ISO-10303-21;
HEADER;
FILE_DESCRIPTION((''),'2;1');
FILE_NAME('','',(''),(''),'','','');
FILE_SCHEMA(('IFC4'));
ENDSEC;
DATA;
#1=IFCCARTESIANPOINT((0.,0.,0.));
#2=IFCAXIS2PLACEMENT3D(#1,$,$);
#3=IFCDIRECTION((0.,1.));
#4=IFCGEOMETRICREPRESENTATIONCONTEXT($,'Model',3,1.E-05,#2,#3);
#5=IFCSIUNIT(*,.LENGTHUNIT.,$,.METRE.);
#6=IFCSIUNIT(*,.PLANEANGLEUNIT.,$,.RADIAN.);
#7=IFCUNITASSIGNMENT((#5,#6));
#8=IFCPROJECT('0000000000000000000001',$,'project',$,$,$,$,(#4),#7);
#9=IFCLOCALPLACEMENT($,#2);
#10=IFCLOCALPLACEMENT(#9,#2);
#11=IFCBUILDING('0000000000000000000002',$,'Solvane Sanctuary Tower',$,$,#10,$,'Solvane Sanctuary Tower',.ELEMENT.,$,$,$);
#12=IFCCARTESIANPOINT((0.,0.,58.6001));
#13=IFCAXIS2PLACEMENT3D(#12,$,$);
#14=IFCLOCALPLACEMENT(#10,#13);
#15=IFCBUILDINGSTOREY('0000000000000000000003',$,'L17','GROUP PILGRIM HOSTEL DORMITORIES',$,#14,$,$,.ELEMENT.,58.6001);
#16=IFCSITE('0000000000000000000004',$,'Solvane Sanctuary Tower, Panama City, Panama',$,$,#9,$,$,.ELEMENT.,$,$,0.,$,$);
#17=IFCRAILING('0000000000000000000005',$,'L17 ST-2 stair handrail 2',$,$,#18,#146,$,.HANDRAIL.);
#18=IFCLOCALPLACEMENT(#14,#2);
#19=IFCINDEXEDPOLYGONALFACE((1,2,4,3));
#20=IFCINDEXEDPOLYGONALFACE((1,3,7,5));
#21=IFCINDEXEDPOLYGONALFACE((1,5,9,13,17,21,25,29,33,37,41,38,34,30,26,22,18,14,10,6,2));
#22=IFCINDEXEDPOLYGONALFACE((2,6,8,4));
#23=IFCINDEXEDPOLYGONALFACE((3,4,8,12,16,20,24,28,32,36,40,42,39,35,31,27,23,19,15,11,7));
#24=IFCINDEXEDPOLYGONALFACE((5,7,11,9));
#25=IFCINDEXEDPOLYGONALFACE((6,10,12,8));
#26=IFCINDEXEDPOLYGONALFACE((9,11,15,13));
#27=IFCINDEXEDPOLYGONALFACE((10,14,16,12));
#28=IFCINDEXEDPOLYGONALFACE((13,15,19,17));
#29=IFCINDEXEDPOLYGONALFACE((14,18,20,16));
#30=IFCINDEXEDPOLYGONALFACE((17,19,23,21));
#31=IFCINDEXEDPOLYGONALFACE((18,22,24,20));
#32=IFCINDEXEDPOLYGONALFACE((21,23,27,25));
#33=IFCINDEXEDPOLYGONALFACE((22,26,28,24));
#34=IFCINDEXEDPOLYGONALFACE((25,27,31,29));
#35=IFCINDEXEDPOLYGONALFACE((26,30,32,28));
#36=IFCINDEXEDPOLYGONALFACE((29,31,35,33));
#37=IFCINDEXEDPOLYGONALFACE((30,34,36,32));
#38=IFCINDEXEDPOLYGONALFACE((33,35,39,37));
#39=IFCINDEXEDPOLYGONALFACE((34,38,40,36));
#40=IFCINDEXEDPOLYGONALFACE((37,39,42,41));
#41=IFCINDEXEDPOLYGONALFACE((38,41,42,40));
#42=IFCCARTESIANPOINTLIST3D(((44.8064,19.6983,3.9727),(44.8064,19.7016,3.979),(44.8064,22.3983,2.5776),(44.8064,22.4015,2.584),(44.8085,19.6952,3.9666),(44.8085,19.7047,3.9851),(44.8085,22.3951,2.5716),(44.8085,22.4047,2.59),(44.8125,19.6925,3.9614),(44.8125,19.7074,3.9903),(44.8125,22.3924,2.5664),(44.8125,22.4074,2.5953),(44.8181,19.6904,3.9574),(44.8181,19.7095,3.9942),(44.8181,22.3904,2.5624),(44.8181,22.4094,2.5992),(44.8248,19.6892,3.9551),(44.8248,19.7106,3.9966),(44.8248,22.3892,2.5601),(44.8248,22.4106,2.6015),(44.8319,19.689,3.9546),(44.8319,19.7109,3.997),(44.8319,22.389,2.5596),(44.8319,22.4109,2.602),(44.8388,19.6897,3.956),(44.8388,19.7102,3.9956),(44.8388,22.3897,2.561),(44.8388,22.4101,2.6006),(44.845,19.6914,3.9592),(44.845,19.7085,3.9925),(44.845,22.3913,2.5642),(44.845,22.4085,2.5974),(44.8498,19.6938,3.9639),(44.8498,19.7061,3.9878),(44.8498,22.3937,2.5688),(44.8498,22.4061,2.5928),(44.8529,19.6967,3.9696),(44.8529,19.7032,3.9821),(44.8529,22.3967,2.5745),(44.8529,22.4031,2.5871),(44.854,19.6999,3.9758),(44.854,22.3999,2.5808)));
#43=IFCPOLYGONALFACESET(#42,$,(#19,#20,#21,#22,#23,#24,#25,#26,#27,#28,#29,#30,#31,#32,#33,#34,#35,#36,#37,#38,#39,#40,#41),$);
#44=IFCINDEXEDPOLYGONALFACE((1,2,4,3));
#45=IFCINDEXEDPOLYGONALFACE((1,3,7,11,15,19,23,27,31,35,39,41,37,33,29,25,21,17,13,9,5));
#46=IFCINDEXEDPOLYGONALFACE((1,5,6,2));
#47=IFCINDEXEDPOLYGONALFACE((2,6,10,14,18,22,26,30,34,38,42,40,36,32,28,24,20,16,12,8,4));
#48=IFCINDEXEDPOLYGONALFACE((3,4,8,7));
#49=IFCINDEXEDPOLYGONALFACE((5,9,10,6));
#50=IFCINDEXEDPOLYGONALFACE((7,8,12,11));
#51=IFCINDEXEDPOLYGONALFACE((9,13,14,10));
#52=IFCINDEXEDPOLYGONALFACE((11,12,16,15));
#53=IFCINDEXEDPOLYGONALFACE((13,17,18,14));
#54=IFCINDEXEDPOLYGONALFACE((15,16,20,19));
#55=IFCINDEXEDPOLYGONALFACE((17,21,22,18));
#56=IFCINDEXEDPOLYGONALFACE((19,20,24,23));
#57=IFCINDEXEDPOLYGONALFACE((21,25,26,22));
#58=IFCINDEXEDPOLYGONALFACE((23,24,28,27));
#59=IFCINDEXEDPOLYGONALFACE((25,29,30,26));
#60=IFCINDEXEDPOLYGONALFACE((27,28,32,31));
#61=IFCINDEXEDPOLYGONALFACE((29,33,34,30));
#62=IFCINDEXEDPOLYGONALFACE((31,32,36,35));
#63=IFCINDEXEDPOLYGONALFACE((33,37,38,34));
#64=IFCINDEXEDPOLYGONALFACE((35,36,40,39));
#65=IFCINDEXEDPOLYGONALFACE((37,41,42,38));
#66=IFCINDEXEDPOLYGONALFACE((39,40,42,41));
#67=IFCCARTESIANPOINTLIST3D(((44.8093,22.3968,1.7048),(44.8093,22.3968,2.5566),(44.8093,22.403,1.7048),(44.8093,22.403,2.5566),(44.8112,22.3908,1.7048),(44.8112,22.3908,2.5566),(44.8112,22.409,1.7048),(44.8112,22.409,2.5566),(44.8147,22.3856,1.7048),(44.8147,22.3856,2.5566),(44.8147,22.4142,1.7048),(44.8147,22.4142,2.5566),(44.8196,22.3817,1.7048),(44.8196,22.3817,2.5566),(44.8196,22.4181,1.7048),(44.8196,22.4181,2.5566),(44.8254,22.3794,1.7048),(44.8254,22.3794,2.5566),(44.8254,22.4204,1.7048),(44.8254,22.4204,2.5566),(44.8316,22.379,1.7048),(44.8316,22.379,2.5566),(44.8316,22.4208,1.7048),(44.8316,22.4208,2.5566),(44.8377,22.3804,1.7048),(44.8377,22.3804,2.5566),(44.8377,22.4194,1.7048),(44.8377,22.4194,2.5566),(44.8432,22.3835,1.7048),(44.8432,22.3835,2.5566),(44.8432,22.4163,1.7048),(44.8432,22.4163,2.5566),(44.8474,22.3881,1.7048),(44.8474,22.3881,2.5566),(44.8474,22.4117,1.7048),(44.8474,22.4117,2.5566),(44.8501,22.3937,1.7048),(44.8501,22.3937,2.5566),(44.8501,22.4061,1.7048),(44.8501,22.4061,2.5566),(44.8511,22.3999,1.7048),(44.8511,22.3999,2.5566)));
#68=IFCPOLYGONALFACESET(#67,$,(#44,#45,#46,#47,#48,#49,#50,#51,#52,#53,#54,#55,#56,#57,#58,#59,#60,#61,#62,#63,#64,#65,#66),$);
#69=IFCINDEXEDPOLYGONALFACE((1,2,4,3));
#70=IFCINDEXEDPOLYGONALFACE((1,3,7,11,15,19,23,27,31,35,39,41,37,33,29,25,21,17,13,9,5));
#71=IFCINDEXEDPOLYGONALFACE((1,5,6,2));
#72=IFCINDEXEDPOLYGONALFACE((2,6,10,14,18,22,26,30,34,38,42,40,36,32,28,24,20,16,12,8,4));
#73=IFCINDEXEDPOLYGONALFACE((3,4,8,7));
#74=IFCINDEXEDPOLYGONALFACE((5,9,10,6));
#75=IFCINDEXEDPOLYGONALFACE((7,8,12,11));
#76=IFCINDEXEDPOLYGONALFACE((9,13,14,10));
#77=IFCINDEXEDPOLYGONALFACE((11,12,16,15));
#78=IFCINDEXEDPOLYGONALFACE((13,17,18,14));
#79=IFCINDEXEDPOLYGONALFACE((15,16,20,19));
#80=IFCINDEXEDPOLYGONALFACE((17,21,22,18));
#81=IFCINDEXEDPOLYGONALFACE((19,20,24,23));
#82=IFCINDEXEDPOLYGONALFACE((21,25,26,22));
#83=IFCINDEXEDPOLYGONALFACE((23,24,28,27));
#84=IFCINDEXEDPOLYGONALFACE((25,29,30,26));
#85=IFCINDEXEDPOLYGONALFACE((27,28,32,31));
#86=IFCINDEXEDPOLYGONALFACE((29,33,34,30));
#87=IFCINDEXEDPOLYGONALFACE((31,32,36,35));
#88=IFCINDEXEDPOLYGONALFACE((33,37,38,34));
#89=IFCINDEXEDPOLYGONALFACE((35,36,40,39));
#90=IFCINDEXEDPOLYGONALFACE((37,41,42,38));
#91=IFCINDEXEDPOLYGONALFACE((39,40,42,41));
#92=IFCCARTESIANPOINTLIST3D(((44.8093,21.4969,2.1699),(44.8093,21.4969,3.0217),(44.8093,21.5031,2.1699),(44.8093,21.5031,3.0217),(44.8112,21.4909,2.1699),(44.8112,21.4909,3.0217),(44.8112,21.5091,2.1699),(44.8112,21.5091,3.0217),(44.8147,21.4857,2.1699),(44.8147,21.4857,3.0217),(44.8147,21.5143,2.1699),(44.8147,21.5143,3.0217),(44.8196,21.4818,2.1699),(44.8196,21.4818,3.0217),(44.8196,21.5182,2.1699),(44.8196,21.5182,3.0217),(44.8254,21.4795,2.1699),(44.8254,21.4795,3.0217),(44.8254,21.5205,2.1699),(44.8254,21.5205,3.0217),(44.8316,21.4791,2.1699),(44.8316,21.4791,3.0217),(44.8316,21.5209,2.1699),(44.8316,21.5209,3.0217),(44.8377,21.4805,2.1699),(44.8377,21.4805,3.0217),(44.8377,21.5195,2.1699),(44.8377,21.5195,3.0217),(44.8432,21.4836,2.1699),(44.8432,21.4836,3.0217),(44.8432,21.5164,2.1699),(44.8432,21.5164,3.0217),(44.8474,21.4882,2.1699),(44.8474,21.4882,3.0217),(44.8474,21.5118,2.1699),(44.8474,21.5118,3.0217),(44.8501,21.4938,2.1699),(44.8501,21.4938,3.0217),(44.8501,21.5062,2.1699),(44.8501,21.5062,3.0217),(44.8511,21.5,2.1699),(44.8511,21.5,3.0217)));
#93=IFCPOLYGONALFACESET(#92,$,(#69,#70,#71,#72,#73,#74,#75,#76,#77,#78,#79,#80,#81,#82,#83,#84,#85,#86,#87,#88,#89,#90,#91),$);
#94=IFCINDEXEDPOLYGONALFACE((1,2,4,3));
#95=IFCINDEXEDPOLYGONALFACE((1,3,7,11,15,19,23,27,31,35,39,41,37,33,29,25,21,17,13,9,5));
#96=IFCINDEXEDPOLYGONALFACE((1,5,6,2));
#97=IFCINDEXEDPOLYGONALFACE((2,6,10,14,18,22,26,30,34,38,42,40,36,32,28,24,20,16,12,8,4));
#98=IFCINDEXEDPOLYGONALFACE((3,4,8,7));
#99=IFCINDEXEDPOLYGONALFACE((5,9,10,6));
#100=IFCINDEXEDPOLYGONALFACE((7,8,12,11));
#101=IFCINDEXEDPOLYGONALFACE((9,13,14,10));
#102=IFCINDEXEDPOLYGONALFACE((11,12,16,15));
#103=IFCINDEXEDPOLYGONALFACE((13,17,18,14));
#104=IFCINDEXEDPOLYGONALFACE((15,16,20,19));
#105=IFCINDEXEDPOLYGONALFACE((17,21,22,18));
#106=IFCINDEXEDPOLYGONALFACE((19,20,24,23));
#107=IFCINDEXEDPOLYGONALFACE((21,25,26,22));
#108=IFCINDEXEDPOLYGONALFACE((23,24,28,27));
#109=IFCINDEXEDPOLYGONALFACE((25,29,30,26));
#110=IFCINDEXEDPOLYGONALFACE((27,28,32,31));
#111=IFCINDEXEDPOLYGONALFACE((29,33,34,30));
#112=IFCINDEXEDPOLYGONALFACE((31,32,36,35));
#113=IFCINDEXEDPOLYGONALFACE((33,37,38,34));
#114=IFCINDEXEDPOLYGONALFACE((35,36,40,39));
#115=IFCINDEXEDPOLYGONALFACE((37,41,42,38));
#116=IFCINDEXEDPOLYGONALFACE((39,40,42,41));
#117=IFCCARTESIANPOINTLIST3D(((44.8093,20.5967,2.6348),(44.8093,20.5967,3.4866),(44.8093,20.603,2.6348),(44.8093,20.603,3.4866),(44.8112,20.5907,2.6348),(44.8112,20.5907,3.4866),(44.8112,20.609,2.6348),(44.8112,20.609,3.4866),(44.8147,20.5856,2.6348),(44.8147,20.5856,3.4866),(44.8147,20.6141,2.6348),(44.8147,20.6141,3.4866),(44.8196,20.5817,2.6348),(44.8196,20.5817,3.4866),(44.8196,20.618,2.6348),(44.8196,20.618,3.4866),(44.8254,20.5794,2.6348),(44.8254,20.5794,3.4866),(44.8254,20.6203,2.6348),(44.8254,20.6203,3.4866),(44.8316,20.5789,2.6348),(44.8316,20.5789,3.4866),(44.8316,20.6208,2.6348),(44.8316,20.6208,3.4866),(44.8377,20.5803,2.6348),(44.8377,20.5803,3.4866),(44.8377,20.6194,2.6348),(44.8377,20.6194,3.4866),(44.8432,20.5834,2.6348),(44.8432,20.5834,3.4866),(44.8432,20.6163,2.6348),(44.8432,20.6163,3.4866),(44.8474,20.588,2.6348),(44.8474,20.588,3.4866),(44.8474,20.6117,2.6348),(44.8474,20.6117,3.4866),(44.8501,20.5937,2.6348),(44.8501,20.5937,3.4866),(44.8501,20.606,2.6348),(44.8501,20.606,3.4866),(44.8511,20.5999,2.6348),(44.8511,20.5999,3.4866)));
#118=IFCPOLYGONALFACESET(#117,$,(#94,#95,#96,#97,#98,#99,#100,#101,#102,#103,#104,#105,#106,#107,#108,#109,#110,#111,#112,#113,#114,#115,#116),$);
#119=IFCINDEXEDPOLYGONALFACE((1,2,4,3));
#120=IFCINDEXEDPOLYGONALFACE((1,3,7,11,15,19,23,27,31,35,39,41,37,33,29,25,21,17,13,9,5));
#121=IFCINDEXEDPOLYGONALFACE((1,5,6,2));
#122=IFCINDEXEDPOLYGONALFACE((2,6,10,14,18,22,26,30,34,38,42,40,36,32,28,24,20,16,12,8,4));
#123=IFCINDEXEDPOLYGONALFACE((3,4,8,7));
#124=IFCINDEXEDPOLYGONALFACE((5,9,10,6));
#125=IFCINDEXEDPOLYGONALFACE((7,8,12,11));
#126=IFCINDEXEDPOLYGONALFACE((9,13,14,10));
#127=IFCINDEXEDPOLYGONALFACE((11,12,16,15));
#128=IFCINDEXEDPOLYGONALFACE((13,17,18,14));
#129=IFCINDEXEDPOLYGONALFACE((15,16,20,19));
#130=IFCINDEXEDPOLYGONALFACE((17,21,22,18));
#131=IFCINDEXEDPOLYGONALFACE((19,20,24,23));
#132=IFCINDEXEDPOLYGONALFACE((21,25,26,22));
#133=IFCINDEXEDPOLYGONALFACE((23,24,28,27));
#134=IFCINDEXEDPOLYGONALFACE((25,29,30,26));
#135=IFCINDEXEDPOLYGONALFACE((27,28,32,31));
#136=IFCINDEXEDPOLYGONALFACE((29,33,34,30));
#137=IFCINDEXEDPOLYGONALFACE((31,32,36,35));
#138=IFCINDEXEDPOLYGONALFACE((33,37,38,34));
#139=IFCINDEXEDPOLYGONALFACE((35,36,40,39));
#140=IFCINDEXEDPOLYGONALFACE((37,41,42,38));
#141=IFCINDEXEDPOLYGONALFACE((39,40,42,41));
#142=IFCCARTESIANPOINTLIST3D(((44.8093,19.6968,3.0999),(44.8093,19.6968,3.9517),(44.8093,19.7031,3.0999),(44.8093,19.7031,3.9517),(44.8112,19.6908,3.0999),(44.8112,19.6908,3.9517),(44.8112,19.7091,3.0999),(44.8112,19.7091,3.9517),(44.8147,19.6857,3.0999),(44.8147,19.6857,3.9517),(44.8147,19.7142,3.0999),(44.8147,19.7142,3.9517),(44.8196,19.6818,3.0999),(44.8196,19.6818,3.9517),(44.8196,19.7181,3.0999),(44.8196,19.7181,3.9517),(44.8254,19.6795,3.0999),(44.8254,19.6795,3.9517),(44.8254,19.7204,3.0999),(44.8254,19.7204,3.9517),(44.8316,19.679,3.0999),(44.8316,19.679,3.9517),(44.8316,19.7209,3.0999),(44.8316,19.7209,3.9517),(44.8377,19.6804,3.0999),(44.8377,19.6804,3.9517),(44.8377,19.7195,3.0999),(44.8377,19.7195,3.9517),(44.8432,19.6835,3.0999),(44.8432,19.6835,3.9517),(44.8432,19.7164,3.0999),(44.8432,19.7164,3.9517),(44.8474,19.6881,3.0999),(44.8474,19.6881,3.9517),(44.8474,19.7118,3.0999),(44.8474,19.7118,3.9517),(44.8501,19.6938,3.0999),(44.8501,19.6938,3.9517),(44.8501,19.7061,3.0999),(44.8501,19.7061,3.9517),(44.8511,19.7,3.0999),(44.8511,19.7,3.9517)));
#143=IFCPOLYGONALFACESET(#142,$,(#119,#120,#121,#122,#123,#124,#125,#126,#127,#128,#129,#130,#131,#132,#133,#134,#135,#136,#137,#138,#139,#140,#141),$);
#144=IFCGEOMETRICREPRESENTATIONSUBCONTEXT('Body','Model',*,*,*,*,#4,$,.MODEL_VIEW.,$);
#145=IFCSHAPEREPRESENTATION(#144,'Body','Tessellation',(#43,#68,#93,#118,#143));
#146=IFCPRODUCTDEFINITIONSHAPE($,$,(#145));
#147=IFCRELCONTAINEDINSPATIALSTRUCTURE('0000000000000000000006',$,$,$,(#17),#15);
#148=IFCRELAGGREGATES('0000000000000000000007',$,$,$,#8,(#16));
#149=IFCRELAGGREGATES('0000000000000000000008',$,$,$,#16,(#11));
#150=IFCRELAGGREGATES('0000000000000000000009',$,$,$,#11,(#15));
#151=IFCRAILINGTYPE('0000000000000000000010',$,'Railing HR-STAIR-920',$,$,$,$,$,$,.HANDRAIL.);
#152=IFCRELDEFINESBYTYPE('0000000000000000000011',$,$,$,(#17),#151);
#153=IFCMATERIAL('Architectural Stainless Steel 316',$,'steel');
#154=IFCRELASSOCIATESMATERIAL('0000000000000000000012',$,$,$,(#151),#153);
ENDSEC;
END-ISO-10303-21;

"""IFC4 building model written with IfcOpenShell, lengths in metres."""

from ifc_helpers import new_model, si_unit, direction, frame, origin, origin_2d, place, context, subcontext, project, spatial, circle, extrude, material, type_object, element, save


model = new_model("IFC4")

# Units and contexts
model_context = context("Model", 3, precision=1e-05, world=origin(), true_north=direction((0.0, 1.0)))
body_context = subcontext(model_context, "Body", "Model", "MODEL_VIEW")
ifc_project = project(units=[si_unit("LENGTHUNIT", "METRE"), si_unit("PLANEANGLEUNIT", "RADIAN")], contexts=[model_context])

# Site, building, storey
site_placement = place(None, origin())
site = spatial("IfcSite", under=ifc_project, at=site_placement, Name="Solvane Sanctuary Tower, Panama City, Panama", CompositionType="ELEMENT", RefElevation=0.0)
building_placement = place(site_placement, origin())
building = spatial("IfcBuilding", under=site, at=building_placement, Name="Solvane Sanctuary Tower", LongName="Solvane Sanctuary Tower", CompositionType="ELEMENT")
storey_placement = place(building_placement, frame((0.0, 0.0, 58.6001)))
storey = spatial("IfcBuildingStorey", under=building, at=storey_placement, Name="L17", Description="GROUP PILGRIM HOSTEL DORMITORIES", CompositionType="ELEMENT", Elevation=58.6001)

# Shared definitions
ifc_material_1 = material(Name="Architectural Stainless Steel 316", Category="steel")

# Railing
railing_type_1 = type_object("IfcRailingType", Name="Railing HR-STAIR-920", PredefinedType="HANDRAIL", material=ifc_material_1)
railing_1_placement = place(storey_placement, frame((44.8301, 22.3999, 1.7048)))
element("IfcRailing", 1, at=railing_1_placement, inside=storey, type_object=railing_type_1, Name="L17 ST-2 stair handrail 2", PredefinedType="HANDRAIL", context=body_context, shape_type="SweptSolid", body=[
    extrude(circle(Radius=0.0239, at=origin_2d()), frame((0.0, 0.0, 0.876), z_axis=(0.0, -0.88842, 0.459032), x_axis=(1.0, 0.0, 0.0)), (0.0, 0.0, 1.0), 3.0391),
    extrude(circle(Radius=0.021, at=origin_2d()), origin(), (0.0, 0.0, 1.0), 0.8518),
    extrude(circle(Radius=0.021, at=origin_2d()), frame((0.0, -0.8999, 0.4651)), (0.0, 0.0, 1.0), 0.8518),
    extrude(circle(Radius=0.021, at=origin_2d()), frame((0.0, -1.8, 0.9299)), (0.0, 0.0, 1.0), 0.8518),
    extrude(circle(Radius=0.021, at=origin_2d()), frame((0.0, -2.7, 1.395)), (0.0, 0.0, 1.0), 0.8518),
])

save(model, "model.ifc")
